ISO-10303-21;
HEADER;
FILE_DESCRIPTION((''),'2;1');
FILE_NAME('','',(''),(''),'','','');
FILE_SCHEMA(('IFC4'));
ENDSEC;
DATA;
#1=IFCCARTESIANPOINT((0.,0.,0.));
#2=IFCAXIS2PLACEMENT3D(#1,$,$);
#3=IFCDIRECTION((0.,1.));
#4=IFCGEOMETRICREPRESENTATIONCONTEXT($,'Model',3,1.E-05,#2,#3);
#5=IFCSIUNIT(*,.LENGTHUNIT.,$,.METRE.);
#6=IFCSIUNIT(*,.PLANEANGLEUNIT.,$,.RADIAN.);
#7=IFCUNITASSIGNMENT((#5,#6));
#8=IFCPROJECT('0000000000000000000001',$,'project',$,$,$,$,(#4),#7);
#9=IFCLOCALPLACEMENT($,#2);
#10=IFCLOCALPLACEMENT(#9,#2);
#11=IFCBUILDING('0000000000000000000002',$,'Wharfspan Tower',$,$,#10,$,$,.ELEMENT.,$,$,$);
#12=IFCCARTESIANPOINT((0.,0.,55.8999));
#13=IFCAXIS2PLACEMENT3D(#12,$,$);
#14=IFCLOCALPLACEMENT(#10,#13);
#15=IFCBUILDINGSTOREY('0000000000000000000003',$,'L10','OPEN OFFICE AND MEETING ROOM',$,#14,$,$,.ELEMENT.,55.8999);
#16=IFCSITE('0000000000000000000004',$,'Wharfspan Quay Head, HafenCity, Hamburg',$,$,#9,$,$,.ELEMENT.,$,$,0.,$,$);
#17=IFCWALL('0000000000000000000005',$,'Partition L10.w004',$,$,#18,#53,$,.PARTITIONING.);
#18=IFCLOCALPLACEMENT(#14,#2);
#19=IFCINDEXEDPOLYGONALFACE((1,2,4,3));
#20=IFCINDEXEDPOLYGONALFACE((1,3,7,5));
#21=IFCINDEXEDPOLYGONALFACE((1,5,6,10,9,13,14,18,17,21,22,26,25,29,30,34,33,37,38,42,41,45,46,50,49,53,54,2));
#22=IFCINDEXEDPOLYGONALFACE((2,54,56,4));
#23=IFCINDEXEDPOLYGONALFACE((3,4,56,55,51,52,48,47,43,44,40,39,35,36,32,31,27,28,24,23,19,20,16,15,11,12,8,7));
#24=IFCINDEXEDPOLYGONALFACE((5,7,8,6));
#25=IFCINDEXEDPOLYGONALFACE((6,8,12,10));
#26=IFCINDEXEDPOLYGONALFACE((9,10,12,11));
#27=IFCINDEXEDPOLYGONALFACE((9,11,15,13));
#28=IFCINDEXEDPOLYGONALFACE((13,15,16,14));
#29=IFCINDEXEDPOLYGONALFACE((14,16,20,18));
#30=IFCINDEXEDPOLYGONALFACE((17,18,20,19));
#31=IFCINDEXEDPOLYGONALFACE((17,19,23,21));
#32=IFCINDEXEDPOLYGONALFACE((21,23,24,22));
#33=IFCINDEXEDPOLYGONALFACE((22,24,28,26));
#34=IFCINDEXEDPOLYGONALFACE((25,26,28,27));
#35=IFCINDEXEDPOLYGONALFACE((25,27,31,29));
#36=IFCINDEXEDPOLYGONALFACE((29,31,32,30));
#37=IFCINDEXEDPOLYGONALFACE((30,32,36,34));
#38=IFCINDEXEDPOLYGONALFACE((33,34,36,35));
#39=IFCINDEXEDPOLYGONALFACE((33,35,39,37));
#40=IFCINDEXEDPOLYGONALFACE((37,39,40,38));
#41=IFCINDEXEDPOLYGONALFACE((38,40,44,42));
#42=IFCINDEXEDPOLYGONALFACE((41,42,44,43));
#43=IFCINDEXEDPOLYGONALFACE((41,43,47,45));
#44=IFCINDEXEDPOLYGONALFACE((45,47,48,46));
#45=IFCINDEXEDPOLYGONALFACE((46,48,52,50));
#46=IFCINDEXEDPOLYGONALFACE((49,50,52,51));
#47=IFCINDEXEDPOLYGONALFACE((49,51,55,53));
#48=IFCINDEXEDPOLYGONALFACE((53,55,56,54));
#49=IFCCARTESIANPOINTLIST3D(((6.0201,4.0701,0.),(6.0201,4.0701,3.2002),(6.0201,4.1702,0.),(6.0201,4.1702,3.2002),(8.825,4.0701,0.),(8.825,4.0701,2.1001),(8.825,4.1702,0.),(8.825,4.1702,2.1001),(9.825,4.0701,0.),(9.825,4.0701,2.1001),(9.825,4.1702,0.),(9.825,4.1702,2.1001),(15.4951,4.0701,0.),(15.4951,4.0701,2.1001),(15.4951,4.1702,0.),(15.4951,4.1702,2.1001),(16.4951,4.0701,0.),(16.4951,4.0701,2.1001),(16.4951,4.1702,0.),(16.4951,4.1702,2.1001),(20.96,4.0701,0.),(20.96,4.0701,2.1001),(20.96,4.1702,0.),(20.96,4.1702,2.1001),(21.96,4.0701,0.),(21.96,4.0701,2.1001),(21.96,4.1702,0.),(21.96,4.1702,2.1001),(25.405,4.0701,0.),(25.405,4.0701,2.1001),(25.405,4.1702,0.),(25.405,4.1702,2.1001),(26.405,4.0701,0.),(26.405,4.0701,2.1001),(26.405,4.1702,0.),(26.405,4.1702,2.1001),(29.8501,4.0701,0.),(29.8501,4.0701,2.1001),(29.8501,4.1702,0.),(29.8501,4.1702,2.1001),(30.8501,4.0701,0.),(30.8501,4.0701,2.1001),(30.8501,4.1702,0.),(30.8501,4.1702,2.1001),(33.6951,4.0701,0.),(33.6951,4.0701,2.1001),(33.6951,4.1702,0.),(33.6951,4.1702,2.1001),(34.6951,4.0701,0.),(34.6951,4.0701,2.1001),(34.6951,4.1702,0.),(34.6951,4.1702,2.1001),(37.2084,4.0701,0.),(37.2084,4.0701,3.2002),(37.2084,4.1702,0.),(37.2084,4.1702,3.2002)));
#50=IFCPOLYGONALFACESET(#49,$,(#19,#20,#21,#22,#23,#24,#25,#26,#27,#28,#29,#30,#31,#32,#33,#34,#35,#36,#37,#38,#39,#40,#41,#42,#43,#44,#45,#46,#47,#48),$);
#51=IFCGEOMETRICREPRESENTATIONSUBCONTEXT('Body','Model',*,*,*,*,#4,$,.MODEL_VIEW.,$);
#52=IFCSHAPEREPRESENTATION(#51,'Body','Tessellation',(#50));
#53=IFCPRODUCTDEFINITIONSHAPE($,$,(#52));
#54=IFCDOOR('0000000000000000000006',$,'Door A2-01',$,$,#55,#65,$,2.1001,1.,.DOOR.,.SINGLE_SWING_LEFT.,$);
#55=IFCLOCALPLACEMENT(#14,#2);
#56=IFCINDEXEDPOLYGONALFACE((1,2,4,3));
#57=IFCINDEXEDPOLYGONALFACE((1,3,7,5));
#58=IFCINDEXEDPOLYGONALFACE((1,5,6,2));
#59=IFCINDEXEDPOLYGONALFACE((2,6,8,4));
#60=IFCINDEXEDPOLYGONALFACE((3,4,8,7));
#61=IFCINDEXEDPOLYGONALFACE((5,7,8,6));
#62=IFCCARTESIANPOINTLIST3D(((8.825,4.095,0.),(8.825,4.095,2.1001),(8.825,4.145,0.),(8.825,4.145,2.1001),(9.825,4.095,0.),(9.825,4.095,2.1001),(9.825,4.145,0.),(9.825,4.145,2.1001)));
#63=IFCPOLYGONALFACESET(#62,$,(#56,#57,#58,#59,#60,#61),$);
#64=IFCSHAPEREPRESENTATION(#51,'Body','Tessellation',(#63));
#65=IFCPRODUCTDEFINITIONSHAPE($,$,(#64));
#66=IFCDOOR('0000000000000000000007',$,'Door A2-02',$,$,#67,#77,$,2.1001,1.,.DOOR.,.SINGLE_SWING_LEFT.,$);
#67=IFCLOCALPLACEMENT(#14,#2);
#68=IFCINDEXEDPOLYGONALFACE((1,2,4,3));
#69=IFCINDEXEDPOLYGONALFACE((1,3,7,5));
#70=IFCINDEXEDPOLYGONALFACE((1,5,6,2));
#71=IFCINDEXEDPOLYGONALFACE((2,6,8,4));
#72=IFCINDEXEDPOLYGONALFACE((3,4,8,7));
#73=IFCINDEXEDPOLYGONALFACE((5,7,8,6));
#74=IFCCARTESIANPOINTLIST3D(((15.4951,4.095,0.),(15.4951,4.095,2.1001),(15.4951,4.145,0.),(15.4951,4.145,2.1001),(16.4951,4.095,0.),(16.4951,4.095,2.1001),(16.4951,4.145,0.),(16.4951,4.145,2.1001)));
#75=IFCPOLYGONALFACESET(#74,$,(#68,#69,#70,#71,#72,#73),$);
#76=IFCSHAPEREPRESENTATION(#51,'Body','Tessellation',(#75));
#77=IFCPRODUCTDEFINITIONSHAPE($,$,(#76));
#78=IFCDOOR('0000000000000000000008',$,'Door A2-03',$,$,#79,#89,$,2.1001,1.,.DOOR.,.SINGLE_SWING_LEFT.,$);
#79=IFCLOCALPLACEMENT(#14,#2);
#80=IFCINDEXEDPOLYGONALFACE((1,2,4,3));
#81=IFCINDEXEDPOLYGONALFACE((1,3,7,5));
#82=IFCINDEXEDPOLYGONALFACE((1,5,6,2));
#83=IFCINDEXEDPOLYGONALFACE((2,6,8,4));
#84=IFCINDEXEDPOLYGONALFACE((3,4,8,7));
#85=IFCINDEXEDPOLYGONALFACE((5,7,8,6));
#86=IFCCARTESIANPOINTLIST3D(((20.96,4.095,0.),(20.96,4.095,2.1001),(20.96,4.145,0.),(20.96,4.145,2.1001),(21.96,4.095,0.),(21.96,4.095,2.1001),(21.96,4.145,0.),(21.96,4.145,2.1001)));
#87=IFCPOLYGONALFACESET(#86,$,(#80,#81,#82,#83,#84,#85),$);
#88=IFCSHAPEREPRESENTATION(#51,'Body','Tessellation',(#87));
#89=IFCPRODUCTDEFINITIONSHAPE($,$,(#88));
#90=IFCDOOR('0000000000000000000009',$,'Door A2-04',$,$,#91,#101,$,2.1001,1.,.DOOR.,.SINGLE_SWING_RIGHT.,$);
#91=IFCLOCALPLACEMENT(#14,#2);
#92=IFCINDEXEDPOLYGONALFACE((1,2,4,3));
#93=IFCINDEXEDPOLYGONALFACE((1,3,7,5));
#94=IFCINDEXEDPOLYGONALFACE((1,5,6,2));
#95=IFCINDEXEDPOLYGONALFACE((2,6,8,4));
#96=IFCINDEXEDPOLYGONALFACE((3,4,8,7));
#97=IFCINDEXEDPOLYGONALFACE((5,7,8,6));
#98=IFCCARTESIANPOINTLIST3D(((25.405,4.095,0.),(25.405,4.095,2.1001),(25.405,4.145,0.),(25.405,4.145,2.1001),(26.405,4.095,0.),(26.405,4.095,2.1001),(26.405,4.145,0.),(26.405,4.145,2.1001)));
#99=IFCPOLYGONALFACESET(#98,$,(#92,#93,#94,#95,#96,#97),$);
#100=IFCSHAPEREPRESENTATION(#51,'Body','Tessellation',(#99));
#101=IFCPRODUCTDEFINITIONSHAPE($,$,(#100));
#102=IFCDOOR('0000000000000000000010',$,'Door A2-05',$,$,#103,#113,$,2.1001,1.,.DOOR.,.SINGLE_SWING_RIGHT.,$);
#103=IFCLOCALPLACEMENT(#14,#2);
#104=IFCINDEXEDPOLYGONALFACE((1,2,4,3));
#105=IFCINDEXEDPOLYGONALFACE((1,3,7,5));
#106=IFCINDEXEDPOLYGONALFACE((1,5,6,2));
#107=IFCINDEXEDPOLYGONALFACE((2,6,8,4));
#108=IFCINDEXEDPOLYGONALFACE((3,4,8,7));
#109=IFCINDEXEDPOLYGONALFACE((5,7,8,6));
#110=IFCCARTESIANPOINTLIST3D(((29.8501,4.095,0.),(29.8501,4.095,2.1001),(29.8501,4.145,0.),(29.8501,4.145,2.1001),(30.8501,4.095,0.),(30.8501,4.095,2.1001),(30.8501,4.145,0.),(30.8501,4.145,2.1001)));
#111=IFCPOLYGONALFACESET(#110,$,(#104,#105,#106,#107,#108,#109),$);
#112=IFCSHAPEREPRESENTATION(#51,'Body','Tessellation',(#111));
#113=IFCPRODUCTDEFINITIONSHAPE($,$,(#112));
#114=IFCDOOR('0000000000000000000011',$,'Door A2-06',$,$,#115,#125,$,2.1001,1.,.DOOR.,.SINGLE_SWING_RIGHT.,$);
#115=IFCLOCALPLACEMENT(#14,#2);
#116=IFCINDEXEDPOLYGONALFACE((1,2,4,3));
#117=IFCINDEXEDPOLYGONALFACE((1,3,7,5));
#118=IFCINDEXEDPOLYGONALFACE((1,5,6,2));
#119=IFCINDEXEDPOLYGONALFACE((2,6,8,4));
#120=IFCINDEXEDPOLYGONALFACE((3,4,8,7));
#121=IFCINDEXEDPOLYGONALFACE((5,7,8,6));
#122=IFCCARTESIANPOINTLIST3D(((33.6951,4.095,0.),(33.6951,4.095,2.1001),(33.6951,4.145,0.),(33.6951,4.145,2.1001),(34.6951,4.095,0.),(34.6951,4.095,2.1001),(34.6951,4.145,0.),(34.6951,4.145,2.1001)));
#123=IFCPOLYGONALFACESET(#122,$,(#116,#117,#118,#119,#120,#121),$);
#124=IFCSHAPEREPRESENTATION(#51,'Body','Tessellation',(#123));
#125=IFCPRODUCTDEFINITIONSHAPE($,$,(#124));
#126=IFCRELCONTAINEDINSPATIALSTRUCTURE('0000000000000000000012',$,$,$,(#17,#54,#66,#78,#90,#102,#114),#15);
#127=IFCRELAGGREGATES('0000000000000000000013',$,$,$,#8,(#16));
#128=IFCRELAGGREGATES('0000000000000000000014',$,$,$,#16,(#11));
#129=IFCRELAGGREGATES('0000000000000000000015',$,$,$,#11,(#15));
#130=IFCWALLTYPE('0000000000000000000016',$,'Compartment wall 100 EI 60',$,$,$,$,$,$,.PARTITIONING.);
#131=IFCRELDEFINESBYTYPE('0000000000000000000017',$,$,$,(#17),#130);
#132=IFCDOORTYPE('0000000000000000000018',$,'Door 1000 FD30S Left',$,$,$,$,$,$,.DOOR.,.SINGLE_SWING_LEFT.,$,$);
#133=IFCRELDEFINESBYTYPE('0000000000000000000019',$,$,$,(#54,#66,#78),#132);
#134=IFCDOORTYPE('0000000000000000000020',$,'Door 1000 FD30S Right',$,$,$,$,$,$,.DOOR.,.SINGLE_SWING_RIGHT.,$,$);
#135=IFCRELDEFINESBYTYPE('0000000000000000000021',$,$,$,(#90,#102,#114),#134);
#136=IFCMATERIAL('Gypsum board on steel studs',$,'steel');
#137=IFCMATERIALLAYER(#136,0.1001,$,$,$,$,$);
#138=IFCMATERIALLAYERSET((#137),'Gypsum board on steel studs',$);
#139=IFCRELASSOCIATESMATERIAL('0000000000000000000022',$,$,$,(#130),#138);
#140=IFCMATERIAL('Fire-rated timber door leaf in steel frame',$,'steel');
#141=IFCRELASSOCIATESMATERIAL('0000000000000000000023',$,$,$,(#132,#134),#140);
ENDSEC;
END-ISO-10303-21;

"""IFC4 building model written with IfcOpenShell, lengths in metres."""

from ifc_helpers import new_model, si_unit, direction, frame, frame_2d, origin, place, context, subcontext, project, spatial, rectangle, extrude, material, layer, layer_set, type_object, element, fill, save


model = new_model("IFC4")

# Units and contexts
model_context = context("Model", 3, precision=1e-05, world=origin(), true_north=direction((0.0, 1.0)))
body_context = subcontext(model_context, "Body", "Model", "MODEL_VIEW")
ifc_project = project(units=[si_unit("LENGTHUNIT", "METRE"), si_unit("PLANEANGLEUNIT", "RADIAN")], contexts=[model_context])

# Site, building, storey
site_placement = place(None, origin())
site = spatial("IfcSite", under=ifc_project, at=site_placement, Name="Wharfspan Quay Head, HafenCity, Hamburg", CompositionType="ELEMENT", RefElevation=0.0)
building_placement = place(site_placement, origin())
building = spatial("IfcBuilding", under=site, at=building_placement, Name="Wharfspan Tower", CompositionType="ELEMENT")
storey_placement = place(building_placement, frame((0.0, 0.0, 55.8999)))
storey = spatial("IfcBuildingStorey", under=building, at=storey_placement, Name="L10", Description="OPEN OFFICE AND MEETING ROOM", CompositionType="ELEMENT", Elevation=55.8999)

# Wall, openings, doors
ifc_material_1 = material(Name="Gypsum board on steel studs", Category="steel")
ifc_layer_1 = layer(ifc_material_1, 0.1001)
ifc_layer_set_1 = layer_set([ifc_layer_1], Name="Gypsum board on steel studs")
wall_type_1 = type_object("IfcWallType", Name="Compartment wall 100 EI 60", PredefinedType="PARTITIONING", material=ifc_layer_set_1)
wall_1_placement = place(storey_placement, frame((6.02, 4.1201, 0.0), z_axis=(0.0, 0.0, 1.0), x_axis=(1.0, 0.0, 0.0)))
wall_1 = element("IfcWall", 1, at=wall_1_placement, inside=storey, type_object=wall_type_1, Name="Partition L10.w004", PredefinedType="PARTITIONING", context=body_context, shape_type="SweptSolid", body=[
    extrude(rectangle(XDim=31.1882, YDim=0.1001, at=frame_2d((15.5942, 0.0))), origin(), (0.0, 0.0, 1.0), 3.2002),
])
opening_1_placement = place(wall_1_placement, frame((2.8049, 0.0, 0.0)))
opening_1 = element("IfcOpeningElement", 2, at=opening_1_placement, cuts=wall_1, PredefinedType="OPENING", context=body_context, shape_type="SweptSolid", body=[
    extrude(rectangle(XDim=1.0, YDim=2.1001, at=frame_2d((0.5, 1.05))), frame((0.0, 0.0601, 0.0), z_axis=(0.0, -1.0, 0.0), x_axis=(1.0, 0.0, 0.0)), (0.0, 0.0, 1.0), 0.1201),
])
opening_2_placement = place(wall_1_placement, frame((9.4751, 0.0, 0.0)))
opening_2 = element("IfcOpeningElement", 3, at=opening_2_placement, cuts=wall_1, PredefinedType="OPENING", context=body_context, shape_type="SweptSolid", body=[
    extrude(rectangle(XDim=1.0, YDim=2.1001, at=frame_2d((0.5, 1.05))), frame((0.0, 0.0601, 0.0), z_axis=(0.0, -1.0, 0.0), x_axis=(1.0, 0.0, 0.0)), (0.0, 0.0, 1.0), 0.1201),
])
opening_3_placement = place(wall_1_placement, frame((14.9399, 0.0, 0.0)))
opening_3 = element("IfcOpeningElement", 4, at=opening_3_placement, cuts=wall_1, PredefinedType="OPENING", context=body_context, shape_type="SweptSolid", body=[
    extrude(rectangle(XDim=1.0, YDim=2.1001, at=frame_2d((0.5, 1.05))), frame((0.0, 0.0601, 0.0), z_axis=(0.0, -1.0, 0.0), x_axis=(1.0, 0.0, 0.0)), (0.0, 0.0, 1.0), 0.1201),
])
opening_4_placement = place(wall_1_placement, frame((19.385, 0.0, 0.0)))
opening_4 = element("IfcOpeningElement", 5, at=opening_4_placement, cuts=wall_1, PredefinedType="OPENING", context=body_context, shape_type="SweptSolid", body=[
    extrude(rectangle(XDim=1.0, YDim=2.1001, at=frame_2d((0.5, 1.05))), frame((0.0, 0.0601, 0.0), z_axis=(0.0, -1.0, 0.0), x_axis=(1.0, 0.0, 0.0)), (0.0, 0.0, 1.0), 0.1201),
])
opening_5_placement = place(wall_1_placement, frame((23.8301, 0.0, 0.0)))
opening_5 = element("IfcOpeningElement", 6, at=opening_5_placement, cuts=wall_1, PredefinedType="OPENING", context=body_context, shape_type="SweptSolid", body=[
    extrude(rectangle(XDim=1.0, YDim=2.1001, at=frame_2d((0.5, 1.05))), frame((0.0, 0.0601, 0.0), z_axis=(0.0, -1.0, 0.0), x_axis=(1.0, 0.0, 0.0)), (0.0, 0.0, 1.0), 0.1201),
])
opening_6_placement = place(wall_1_placement, frame((27.675, 0.0, 0.0)))
opening_6 = element("IfcOpeningElement", 7, at=opening_6_placement, cuts=wall_1, PredefinedType="OPENING", context=body_context, shape_type="SweptSolid", body=[
    extrude(rectangle(XDim=1.0, YDim=2.1001, at=frame_2d((0.5, 1.05))), frame((0.0, 0.0601, 0.0), z_axis=(0.0, -1.0, 0.0), x_axis=(1.0, 0.0, 0.0)), (0.0, 0.0, 1.0), 0.1201),
])
ifc_material_2 = material(Name="Fire-rated timber door leaf in steel frame", Category="steel")
door_type_1 = type_object("IfcDoorType", Name="Door 1000 FD30S Left", OperationType="SINGLE_SWING_LEFT", PredefinedType="DOOR", material=ifc_material_2)
door_1_placement = place(opening_1_placement, origin())
door_1 = element("IfcDoor", 8, at=door_1_placement, inside=storey, type_object=door_type_1, Name="Door A2-01", OperationType="SINGLE_SWING_LEFT", OverallHeight=2.1001, OverallWidth=1.0, PredefinedType="DOOR", context=body_context, shape_type="SweptSolid", body=[
    extrude(rectangle(XDim=1.0, YDim=2.1001, at=frame_2d((0.5, 1.05))), frame((0.0, 0.0249, 0.0), z_axis=(0.0, -1.0, 0.0), x_axis=(1.0, 0.0, 0.0)), (0.0, 0.0, 1.0), 0.05),
])
fill(opening_1, door_1)
door_2_placement = place(opening_2_placement, origin())
door_2 = element("IfcDoor", 9, at=door_2_placement, inside=storey, type_object=door_type_1, Name="Door A2-02", OperationType="SINGLE_SWING_LEFT", OverallHeight=2.1001, OverallWidth=1.0, PredefinedType="DOOR", context=body_context, shape_type="SweptSolid", body=[
    extrude(rectangle(XDim=1.0, YDim=2.1001, at=frame_2d((0.5, 1.05))), frame((0.0, 0.0249, 0.0), z_axis=(0.0, -1.0, 0.0), x_axis=(1.0, 0.0, 0.0)), (0.0, 0.0, 1.0), 0.05),
])
fill(opening_2, door_2)
door_3_placement = place(opening_3_placement, origin())
door_3 = element("IfcDoor", 10, at=door_3_placement, inside=storey, type_object=door_type_1, Name="Door A2-03", OperationType="SINGLE_SWING_LEFT", OverallHeight=2.1001, OverallWidth=1.0, PredefinedType="DOOR", context=body_context, shape_type="SweptSolid", body=[
    extrude(rectangle(XDim=1.0, YDim=2.1001, at=frame_2d((0.5, 1.05))), frame((0.0, 0.0249, 0.0), z_axis=(0.0, -1.0, 0.0), x_axis=(1.0, 0.0, 0.0)), (0.0, 0.0, 1.0), 0.05),
])
fill(opening_3, door_3)
door_type_2 = type_object("IfcDoorType", Name="Door 1000 FD30S Right", OperationType="SINGLE_SWING_RIGHT", PredefinedType="DOOR", material=ifc_material_2)
door_4_placement = place(opening_4_placement, origin())
door_4 = element("IfcDoor", 11, at=door_4_placement, inside=storey, type_object=door_type_2, Name="Door A2-04", OperationType="SINGLE_SWING_RIGHT", OverallHeight=2.1001, OverallWidth=1.0, PredefinedType="DOOR", context=body_context, shape_type="SweptSolid", body=[
    extrude(rectangle(XDim=1.0, YDim=2.1001, at=frame_2d((0.5, 1.05))), frame((0.0, 0.0249, 0.0), z_axis=(0.0, -1.0, 0.0), x_axis=(1.0, 0.0, 0.0)), (0.0, 0.0, 1.0), 0.05),
])
fill(opening_4, door_4)
door_5_placement = place(opening_5_placement, origin())
door_5 = element("IfcDoor", 12, at=door_5_placement, inside=storey, type_object=door_type_2, Name="Door A2-05", OperationType="SINGLE_SWING_RIGHT", OverallHeight=2.1001, OverallWidth=1.0, PredefinedType="DOOR", context=body_context, shape_type="SweptSolid", body=[
    extrude(rectangle(XDim=1.0, YDim=2.1001, at=frame_2d((0.5, 1.05))), frame((0.0, 0.0249, 0.0), z_axis=(0.0, -1.0, 0.0), x_axis=(1.0, 0.0, 0.0)), (0.0, 0.0, 1.0), 0.05),
])
fill(opening_5, door_5)
door_6_placement = place(opening_6_placement, origin())
door_6 = element("IfcDoor", 13, at=door_6_placement, inside=storey, type_object=door_type_2, Name="Door A2-06", OperationType="SINGLE_SWING_RIGHT", OverallHeight=2.1001, OverallWidth=1.0, PredefinedType="DOOR", context=body_context, shape_type="SweptSolid", body=[
    extrude(rectangle(XDim=1.0, YDim=2.1001, at=frame_2d((0.5, 1.05))), frame((0.0, 0.0249, 0.0), z_axis=(0.0, -1.0, 0.0), x_axis=(1.0, 0.0, 0.0)), (0.0, 0.0, 1.0), 0.05),
])
fill(opening_6, door_6)

save(model, "model.ifc")
